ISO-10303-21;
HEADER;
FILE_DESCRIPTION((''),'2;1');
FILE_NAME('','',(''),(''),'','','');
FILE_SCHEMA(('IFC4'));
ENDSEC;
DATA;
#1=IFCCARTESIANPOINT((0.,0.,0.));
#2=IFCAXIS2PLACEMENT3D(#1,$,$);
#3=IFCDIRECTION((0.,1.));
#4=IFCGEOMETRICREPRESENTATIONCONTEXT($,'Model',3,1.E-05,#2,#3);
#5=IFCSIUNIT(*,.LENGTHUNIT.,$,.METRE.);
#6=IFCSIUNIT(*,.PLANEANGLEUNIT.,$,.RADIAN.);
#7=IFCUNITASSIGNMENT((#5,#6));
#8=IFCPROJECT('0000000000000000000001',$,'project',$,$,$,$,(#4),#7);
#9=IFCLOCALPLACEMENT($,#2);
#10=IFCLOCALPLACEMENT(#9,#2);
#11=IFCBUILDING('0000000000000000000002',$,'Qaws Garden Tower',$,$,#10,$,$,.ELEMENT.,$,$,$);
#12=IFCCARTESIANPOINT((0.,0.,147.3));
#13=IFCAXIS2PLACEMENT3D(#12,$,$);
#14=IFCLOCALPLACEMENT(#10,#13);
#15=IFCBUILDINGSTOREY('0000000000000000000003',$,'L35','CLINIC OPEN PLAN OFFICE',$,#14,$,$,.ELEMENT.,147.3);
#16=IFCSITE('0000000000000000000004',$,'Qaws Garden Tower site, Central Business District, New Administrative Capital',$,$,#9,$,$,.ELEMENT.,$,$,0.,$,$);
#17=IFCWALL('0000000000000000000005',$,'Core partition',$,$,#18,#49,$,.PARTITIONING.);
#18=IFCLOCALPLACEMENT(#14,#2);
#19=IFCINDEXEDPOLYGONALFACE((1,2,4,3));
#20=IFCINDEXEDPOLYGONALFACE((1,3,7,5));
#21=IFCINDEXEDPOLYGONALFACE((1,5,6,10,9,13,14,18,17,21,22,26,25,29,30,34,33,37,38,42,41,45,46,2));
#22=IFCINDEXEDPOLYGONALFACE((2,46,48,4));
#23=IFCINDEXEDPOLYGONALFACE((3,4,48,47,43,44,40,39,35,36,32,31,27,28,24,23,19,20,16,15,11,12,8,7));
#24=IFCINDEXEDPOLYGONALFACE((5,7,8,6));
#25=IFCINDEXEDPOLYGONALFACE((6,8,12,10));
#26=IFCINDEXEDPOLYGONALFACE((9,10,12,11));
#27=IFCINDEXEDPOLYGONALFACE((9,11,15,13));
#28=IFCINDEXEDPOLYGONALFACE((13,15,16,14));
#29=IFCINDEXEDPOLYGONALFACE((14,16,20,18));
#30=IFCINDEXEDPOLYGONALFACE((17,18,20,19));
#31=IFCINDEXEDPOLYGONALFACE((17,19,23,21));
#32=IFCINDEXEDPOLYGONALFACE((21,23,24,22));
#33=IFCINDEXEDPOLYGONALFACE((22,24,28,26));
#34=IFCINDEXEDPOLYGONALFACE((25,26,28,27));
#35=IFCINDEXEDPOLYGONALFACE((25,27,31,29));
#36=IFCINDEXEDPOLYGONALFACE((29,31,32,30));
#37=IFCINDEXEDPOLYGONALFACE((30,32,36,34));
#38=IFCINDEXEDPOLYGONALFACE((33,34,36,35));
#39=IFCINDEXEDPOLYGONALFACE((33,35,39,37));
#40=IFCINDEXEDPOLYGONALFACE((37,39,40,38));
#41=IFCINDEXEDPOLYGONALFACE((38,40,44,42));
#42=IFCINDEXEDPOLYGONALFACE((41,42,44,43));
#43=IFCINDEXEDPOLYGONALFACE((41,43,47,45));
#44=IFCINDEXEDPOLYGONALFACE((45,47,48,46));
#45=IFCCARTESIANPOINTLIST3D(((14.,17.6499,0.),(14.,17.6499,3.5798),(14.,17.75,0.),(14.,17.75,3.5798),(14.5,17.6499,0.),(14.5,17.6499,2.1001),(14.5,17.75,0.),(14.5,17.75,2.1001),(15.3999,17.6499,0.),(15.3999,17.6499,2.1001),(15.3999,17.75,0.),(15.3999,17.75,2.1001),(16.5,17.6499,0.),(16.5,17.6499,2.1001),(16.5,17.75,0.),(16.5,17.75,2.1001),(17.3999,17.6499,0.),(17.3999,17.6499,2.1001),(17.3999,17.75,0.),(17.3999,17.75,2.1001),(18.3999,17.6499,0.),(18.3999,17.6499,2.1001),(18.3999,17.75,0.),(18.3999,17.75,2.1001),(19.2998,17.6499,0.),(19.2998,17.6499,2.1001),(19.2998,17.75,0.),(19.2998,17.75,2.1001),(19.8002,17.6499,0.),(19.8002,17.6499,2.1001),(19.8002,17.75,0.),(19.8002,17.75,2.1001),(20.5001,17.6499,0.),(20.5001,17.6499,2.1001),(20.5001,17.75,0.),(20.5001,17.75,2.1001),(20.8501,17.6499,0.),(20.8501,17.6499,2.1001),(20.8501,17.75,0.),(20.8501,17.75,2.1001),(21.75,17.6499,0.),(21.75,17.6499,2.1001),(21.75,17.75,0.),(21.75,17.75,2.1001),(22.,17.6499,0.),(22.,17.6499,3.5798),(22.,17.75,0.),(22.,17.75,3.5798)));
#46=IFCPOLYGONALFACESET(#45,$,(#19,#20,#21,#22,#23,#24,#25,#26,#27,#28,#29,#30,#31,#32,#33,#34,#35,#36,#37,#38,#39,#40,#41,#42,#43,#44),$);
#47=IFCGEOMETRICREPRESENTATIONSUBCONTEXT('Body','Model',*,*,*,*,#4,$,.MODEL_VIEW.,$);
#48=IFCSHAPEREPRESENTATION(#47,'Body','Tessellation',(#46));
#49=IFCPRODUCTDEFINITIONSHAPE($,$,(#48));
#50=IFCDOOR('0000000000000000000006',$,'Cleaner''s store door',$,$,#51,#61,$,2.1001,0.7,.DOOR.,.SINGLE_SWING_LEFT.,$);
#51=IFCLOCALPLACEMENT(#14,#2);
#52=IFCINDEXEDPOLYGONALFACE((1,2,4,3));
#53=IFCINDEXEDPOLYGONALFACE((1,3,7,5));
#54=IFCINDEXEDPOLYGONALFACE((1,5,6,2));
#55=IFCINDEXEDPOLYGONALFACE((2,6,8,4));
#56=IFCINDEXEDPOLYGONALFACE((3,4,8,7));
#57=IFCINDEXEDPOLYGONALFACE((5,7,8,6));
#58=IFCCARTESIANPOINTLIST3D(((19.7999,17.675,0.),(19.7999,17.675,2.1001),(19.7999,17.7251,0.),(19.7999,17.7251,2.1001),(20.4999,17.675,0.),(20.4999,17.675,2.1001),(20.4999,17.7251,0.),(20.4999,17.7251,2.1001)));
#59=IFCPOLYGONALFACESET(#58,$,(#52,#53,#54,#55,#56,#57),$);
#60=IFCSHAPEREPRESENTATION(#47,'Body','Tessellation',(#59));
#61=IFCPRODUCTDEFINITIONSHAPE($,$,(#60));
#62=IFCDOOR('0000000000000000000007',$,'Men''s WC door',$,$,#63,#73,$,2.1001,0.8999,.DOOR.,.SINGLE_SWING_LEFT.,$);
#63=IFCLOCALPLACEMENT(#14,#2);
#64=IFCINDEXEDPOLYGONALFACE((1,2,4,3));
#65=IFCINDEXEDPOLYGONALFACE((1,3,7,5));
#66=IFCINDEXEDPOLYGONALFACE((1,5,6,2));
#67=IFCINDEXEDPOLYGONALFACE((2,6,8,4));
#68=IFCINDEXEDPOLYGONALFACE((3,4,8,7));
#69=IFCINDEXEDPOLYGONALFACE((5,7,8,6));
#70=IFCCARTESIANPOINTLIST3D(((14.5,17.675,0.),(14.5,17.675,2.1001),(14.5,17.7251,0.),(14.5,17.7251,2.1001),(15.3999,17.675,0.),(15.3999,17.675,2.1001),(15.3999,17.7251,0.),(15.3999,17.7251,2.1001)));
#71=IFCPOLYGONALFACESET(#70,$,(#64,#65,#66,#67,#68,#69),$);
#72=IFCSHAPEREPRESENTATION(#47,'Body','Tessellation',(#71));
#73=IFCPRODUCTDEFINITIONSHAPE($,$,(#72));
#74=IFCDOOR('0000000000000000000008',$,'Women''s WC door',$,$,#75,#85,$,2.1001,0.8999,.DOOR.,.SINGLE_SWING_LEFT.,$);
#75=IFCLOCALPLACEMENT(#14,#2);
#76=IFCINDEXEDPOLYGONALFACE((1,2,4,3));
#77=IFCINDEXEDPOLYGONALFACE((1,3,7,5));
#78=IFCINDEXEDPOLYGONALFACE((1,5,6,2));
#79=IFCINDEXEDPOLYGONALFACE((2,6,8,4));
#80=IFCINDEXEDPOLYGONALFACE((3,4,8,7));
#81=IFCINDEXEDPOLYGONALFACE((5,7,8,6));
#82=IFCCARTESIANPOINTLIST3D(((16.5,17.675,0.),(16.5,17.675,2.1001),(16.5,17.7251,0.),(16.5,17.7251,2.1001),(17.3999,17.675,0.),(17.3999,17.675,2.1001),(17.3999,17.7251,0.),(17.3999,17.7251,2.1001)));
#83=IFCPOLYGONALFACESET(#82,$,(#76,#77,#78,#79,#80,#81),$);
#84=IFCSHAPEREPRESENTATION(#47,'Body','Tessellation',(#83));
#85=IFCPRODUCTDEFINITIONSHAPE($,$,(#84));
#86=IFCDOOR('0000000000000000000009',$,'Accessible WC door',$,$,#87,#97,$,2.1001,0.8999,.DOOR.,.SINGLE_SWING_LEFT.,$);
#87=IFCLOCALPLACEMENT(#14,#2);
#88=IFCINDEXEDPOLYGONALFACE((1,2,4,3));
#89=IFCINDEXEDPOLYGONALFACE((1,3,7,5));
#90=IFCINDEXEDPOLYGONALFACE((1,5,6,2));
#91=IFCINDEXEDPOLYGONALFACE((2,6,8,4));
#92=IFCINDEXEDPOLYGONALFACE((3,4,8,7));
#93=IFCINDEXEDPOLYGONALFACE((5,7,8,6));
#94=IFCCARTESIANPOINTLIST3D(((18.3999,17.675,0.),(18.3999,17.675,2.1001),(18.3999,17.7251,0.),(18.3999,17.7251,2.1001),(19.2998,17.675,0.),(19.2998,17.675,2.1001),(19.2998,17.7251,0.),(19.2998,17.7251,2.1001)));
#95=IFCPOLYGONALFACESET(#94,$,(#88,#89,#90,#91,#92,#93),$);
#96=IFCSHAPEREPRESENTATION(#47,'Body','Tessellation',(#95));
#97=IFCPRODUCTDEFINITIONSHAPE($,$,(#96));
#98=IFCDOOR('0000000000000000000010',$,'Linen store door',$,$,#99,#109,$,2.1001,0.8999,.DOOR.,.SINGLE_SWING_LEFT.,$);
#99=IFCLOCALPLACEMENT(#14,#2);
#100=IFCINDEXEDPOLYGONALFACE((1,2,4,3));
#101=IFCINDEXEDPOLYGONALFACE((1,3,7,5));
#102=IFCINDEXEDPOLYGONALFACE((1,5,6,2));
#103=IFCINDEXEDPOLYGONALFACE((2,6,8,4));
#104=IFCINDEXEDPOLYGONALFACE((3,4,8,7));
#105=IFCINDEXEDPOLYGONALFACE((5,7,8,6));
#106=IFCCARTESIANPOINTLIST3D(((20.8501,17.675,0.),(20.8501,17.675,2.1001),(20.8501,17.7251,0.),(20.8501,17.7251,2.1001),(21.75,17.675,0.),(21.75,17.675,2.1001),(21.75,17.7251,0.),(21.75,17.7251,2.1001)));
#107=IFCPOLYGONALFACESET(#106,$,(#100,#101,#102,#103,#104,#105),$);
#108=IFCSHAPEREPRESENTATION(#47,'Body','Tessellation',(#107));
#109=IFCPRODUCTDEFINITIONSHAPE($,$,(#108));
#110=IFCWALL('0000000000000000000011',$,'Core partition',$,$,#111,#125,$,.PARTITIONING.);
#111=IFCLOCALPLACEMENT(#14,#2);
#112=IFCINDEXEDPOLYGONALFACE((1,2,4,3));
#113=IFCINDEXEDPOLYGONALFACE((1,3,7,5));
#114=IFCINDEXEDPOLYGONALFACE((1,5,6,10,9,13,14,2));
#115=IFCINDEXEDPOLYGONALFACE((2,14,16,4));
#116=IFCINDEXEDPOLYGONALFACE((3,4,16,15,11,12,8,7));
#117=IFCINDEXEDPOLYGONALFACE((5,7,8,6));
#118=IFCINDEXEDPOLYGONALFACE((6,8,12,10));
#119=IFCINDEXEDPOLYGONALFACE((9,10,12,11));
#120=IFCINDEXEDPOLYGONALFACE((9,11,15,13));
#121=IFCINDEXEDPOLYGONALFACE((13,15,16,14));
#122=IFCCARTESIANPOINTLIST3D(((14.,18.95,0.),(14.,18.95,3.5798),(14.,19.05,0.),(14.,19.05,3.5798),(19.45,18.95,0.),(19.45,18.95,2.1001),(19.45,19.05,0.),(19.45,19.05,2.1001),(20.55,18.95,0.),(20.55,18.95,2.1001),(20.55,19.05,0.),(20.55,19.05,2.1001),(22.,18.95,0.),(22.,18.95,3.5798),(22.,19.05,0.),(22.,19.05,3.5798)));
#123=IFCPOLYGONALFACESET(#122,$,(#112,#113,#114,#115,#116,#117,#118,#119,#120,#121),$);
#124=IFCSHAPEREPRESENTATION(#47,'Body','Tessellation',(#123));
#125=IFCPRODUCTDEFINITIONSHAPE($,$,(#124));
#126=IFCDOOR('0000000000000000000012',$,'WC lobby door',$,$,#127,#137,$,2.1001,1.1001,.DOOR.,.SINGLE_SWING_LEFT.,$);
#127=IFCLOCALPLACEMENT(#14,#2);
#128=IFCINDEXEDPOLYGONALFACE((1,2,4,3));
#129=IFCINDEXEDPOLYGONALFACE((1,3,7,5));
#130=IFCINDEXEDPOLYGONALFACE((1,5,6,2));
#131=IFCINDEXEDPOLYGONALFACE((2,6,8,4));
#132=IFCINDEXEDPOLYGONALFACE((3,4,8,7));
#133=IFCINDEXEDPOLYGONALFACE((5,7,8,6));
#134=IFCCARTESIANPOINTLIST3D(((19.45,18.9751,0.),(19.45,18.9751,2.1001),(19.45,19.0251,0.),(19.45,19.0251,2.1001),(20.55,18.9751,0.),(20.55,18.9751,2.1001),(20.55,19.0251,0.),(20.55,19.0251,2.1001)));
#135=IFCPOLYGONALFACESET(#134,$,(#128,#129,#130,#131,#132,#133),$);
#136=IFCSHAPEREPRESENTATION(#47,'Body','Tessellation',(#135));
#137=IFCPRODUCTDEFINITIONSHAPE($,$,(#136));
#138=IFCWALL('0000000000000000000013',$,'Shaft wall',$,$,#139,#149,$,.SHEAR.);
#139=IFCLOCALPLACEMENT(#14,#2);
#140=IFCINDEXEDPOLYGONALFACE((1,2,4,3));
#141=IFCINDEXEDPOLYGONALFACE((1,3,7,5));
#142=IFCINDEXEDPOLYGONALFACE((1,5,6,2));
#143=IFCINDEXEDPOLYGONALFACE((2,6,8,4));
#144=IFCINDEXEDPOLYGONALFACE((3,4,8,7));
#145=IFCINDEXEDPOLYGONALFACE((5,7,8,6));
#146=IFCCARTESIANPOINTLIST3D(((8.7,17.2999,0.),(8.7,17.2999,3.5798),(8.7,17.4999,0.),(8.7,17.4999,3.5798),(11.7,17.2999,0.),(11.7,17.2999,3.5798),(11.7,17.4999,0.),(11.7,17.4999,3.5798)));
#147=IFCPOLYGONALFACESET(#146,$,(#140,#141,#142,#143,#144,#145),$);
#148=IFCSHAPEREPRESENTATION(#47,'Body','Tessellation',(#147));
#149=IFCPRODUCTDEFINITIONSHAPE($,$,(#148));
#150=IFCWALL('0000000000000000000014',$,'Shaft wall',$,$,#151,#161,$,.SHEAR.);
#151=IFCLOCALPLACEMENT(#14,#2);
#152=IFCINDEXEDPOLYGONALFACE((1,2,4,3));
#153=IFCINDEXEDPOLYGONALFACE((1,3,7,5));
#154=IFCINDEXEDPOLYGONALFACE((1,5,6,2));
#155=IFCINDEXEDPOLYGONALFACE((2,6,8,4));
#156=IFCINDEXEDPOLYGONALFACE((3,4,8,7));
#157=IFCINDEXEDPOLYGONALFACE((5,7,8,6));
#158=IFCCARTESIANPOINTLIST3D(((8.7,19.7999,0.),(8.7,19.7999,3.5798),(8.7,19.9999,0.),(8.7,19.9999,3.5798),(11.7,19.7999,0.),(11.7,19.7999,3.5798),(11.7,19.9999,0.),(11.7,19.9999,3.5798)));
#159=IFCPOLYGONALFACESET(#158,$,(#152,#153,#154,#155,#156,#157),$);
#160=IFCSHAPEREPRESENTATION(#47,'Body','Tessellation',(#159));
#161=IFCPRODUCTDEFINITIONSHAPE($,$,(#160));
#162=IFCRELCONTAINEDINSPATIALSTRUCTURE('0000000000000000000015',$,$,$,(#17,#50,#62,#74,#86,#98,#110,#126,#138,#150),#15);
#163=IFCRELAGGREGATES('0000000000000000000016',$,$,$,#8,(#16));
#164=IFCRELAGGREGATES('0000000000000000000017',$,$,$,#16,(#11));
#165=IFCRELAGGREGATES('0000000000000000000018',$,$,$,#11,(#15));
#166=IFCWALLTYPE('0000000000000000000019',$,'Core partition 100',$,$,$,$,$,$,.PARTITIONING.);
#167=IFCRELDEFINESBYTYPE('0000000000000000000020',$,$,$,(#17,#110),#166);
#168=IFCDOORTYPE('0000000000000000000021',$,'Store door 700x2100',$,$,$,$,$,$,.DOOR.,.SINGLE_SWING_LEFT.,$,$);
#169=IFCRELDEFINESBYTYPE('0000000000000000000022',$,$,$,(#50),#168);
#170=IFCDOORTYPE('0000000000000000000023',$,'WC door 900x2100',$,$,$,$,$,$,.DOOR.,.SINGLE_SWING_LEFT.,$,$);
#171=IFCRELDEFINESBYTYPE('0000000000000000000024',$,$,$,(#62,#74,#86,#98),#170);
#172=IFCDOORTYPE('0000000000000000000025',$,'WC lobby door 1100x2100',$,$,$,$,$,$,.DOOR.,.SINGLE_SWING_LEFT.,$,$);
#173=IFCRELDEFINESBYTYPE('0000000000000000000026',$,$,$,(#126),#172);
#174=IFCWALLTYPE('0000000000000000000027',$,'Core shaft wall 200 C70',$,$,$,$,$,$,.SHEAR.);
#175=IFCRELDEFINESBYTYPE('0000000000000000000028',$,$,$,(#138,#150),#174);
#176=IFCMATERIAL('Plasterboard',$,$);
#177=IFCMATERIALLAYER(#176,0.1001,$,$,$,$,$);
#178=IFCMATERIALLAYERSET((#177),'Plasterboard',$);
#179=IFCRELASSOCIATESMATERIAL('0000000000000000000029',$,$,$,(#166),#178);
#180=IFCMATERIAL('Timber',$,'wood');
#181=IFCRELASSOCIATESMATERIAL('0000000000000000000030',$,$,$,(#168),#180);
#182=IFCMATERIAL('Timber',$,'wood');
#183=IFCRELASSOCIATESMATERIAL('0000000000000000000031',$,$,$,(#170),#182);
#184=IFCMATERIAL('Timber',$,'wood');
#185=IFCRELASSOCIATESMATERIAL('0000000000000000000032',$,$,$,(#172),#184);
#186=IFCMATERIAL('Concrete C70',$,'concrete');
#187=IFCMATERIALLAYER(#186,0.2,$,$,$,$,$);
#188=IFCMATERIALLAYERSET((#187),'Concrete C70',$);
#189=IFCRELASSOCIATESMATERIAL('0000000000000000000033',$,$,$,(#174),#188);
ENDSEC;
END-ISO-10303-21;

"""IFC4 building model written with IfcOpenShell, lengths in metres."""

from ifc_helpers import new_model, si_unit, direction, frame, frame_2d, origin, place, context, subcontext, project, spatial, rectangle, extrude, material, layer, layer_set, type_object, element, fill, save


model = new_model("IFC4")

# Units and contexts
model_context = context("Model", 3, precision=1e-05, world=origin(), true_north=direction((0.0, 1.0)))
body_context = subcontext(model_context, "Body", "Model", "MODEL_VIEW")
ifc_project = project(units=[si_unit("LENGTHUNIT", "METRE"), si_unit("PLANEANGLEUNIT", "RADIAN")], contexts=[model_context])

# Site, building, storey
site_placement = place(None, origin())
site = spatial("IfcSite", under=ifc_project, at=site_placement, Name="Qaws Garden Tower site, Central Business District, New Administrative Capital", CompositionType="ELEMENT", RefElevation=0.0)
building_placement = place(site_placement, origin())
building = spatial("IfcBuilding", under=site, at=building_placement, Name="Qaws Garden Tower", CompositionType="ELEMENT")
storey_placement = place(building_placement, frame((0.0, 0.0, 147.3)))
storey = spatial("IfcBuildingStorey", under=building, at=storey_placement, Name="L35", Description="CLINIC OPEN PLAN OFFICE", CompositionType="ELEMENT", Elevation=147.3)

# Wall, openings, doors
ifc_material_1 = material(Name="Plasterboard")
ifc_layer_1 = layer(ifc_material_1, 0.1001)
ifc_layer_set_1 = layer_set([ifc_layer_1], Name="Plasterboard")
wall_type_1 = type_object("IfcWallType", Name="Core partition 100", PredefinedType="PARTITIONING", material=ifc_layer_set_1)
wall_1_placement = place(storey_placement, frame((14.0, 17.7, 0.0), z_axis=(0.0, 0.0, 1.0), x_axis=(1.0, 0.0, 0.0)))
wall_1 = element("IfcWall", 1, at=wall_1_placement, inside=storey, type_object=wall_type_1, Name="Core partition", PredefinedType="PARTITIONING", context=body_context, shape_type="SweptSolid", body=[
    extrude(rectangle(XDim=8.0, YDim=0.1001, at=frame_2d((4.0, 0.0))), origin(), (0.0, 0.0, 1.0), 3.5798),
])
opening_1_placement = place(wall_1_placement, frame((0.5, 0.0, 0.0)))
opening_1 = element("IfcOpeningElement", 2, at=opening_1_placement, cuts=wall_1, PredefinedType="OPENING", context=body_context, shape_type="SweptSolid", body=[
    extrude(rectangle(XDim=0.8999, YDim=2.1001, at=frame_2d((0.45, 1.05))), frame((0.0, 0.0601, 0.0), z_axis=(0.0, -1.0, 0.0), x_axis=(1.0, 0.0, 0.0)), (0.0, 0.0, 1.0), 0.1201),
])
opening_2_placement = place(wall_1_placement, frame((2.5, 0.0, 0.0)))
opening_2 = element("IfcOpeningElement", 3, at=opening_2_placement, cuts=wall_1, PredefinedType="OPENING", context=body_context, shape_type="SweptSolid", body=[
    extrude(rectangle(XDim=0.8999, YDim=2.1001, at=frame_2d((0.45, 1.05))), frame((0.0, 0.0601, 0.0), z_axis=(0.0, -1.0, 0.0), x_axis=(1.0, 0.0, 0.0)), (0.0, 0.0, 1.0), 0.1201),
])
opening_3_placement = place(wall_1_placement, frame((4.3999, 0.0, 0.0)))
opening_3 = element("IfcOpeningElement", 4, at=opening_3_placement, cuts=wall_1, PredefinedType="OPENING", context=body_context, shape_type="SweptSolid", body=[
    extrude(rectangle(XDim=0.8999, YDim=2.1001, at=frame_2d((0.45, 1.05))), frame((0.0, 0.0601, 0.0), z_axis=(0.0, -1.0, 0.0), x_axis=(1.0, 0.0, 0.0)), (0.0, 0.0, 1.0), 0.1201),
])
opening_4_placement = place(wall_1_placement, frame((5.8, 0.0, 0.0)))
opening_4 = element("IfcOpeningElement", 5, at=opening_4_placement, cuts=wall_1, PredefinedType="OPENING", context=body_context, shape_type="SweptSolid", body=[
    extrude(rectangle(XDim=0.7, YDim=2.1001, at=frame_2d((0.3501, 1.05))), frame((0.0, 0.0601, 0.0), z_axis=(0.0, -1.0, 0.0), x_axis=(1.0, 0.0, 0.0)), (0.0, 0.0, 1.0), 0.1201),
])
opening_5_placement = place(wall_1_placement, frame((6.8501, 0.0, 0.0)))
opening_5 = element("IfcOpeningElement", 6, at=opening_5_placement, cuts=wall_1, PredefinedType="OPENING", context=body_context, shape_type="SweptSolid", body=[
    extrude(rectangle(XDim=0.8999, YDim=2.1001, at=frame_2d((0.45, 1.05))), frame((0.0, 0.0601, 0.0), z_axis=(0.0, -1.0, 0.0), x_axis=(1.0, 0.0, 0.0)), (0.0, 0.0, 1.0), 0.1201),
])
ifc_material_2 = material(Name="Timber", Category="wood")
door_type_1 = type_object("IfcDoorType", Name="Store door 700x2100", OperationType="SINGLE_SWING_LEFT", PredefinedType="DOOR", material=ifc_material_2)
door_1_placement = place(opening_4_placement, frame((0.7, 0.0, 0.0), z_axis=(0.0, 0.0, 1.0), x_axis=(-1.0, 0.0, 0.0)))
door_1 = element("IfcDoor", 7, at=door_1_placement, inside=storey, type_object=door_type_1, Name="Cleaner's store door", OperationType="SINGLE_SWING_LEFT", OverallHeight=2.1001, OverallWidth=0.7, PredefinedType="DOOR", context=body_context, shape_type="SweptSolid", body=[
    extrude(rectangle(XDim=0.7, YDim=2.1001, at=frame_2d((0.3501, 1.05))), frame((0.0, 0.0249, 0.0), z_axis=(0.0, -1.0, 0.0), x_axis=(1.0, 0.0, 0.0)), (0.0, 0.0, 1.0), 0.05),
])
fill(opening_4, door_1)
ifc_material_3 = material(Name="Timber", Category="wood")
door_type_2 = type_object("IfcDoorType", Name="WC door 900x2100", OperationType="SINGLE_SWING_LEFT", PredefinedType="DOOR", material=ifc_material_3)
door_2_placement = place(opening_1_placement, frame((0.8999, 0.0, 0.0), z_axis=(0.0, 0.0, 1.0), x_axis=(-1.0, 0.0, 0.0)))
door_2 = element("IfcDoor", 8, at=door_2_placement, inside=storey, type_object=door_type_2, Name="Men's WC door", OperationType="SINGLE_SWING_LEFT", OverallHeight=2.1001, OverallWidth=0.8999, PredefinedType="DOOR", context=body_context, shape_type="SweptSolid", body=[
    extrude(rectangle(XDim=0.8999, YDim=2.1001, at=frame_2d((0.45, 1.05))), frame((0.0, 0.0249, 0.0), z_axis=(0.0, -1.0, 0.0), x_axis=(1.0, 0.0, 0.0)), (0.0, 0.0, 1.0), 0.05),
])
fill(opening_1, door_2)
door_3_placement = place(opening_2_placement, frame((0.8999, 0.0, 0.0), z_axis=(0.0, 0.0, 1.0), x_axis=(-1.0, 0.0, 0.0)))
door_3 = element("IfcDoor", 9, at=door_3_placement, inside=storey, type_object=door_type_2, Name="Women's WC door", OperationType="SINGLE_SWING_LEFT", OverallHeight=2.1001, OverallWidth=0.8999, PredefinedType="DOOR", context=body_context, shape_type="SweptSolid", body=[
    extrude(rectangle(XDim=0.8999, YDim=2.1001, at=frame_2d((0.45, 1.05))), frame((0.0, 0.0249, 0.0), z_axis=(0.0, -1.0, 0.0), x_axis=(1.0, 0.0, 0.0)), (0.0, 0.0, 1.0), 0.05),
])
fill(opening_2, door_3)
door_4_placement = place(opening_3_placement, frame((0.8999, 0.0, 0.0), z_axis=(0.0, 0.0, 1.0), x_axis=(-1.0, 0.0, 0.0)))
door_4 = element("IfcDoor", 10, at=door_4_placement, inside=storey, type_object=door_type_2, Name="Accessible WC door", OperationType="SINGLE_SWING_LEFT", OverallHeight=2.1001, OverallWidth=0.8999, PredefinedType="DOOR", context=body_context, shape_type="SweptSolid", body=[
    extrude(rectangle(XDim=0.8999, YDim=2.1001, at=frame_2d((0.45, 1.05))), frame((0.0, 0.0249, 0.0), z_axis=(0.0, -1.0, 0.0), x_axis=(1.0, 0.0, 0.0)), (0.0, 0.0, 1.0), 0.05),
])
fill(opening_3, door_4)
door_5_placement = place(opening_5_placement, frame((0.8999, 0.0, 0.0), z_axis=(0.0, 0.0, 1.0), x_axis=(-1.0, 0.0, 0.0)))
door_5 = element("IfcDoor", 11, at=door_5_placement, inside=storey, type_object=door_type_2, Name="Linen store door", OperationType="SINGLE_SWING_LEFT", OverallHeight=2.1001, OverallWidth=0.8999, PredefinedType="DOOR", context=body_context, shape_type="SweptSolid", body=[
    extrude(rectangle(XDim=0.8999, YDim=2.1001, at=frame_2d((0.45, 1.05))), frame((0.0, 0.0249, 0.0), z_axis=(0.0, -1.0, 0.0), x_axis=(1.0, 0.0, 0.0)), (0.0, 0.0, 1.0), 0.05),
])
fill(opening_5, door_5)

# Wall, opening, door
wall_2_placement = place(storey_placement, frame((14.0, 19.0, 0.0), z_axis=(0.0, 0.0, 1.0), x_axis=(1.0, 0.0, 0.0)))
wall_2 = element("IfcWall", 12, at=wall_2_placement, inside=storey, type_object=wall_type_1, Name="Core partition", PredefinedType="PARTITIONING", context=body_context, shape_type="SweptSolid", body=[
    extrude(rectangle(XDim=8.0, YDim=0.1001, at=frame_2d((4.0, 0.0))), origin(), (0.0, 0.0, 1.0), 3.5798),
])
opening_6_placement = place(wall_2_placement, frame((5.45, 0.0, 0.0)))
opening_6 = element("IfcOpeningElement", 13, at=opening_6_placement, cuts=wall_2, PredefinedType="OPENING", context=body_context, shape_type="SweptSolid", body=[
    extrude(rectangle(XDim=1.1001, YDim=2.1001, at=frame_2d((0.55, 1.05))), frame((0.0, 0.0601, 0.0), z_axis=(0.0, -1.0, 0.0), x_axis=(1.0, 0.0, 0.0)), (0.0, 0.0, 1.0), 0.1201),
])
ifc_material_4 = material(Name="Timber", Category="wood")
door_type_3 = type_object("IfcDoorType", Name="WC lobby door 1100x2100", OperationType="SINGLE_SWING_LEFT", PredefinedType="DOOR", material=ifc_material_4)
door_6_placement = place(opening_6_placement, frame((1.1001, 0.0, 0.0), z_axis=(0.0, 0.0, 1.0), x_axis=(-1.0, 0.0, 0.0)))
door_6 = element("IfcDoor", 14, at=door_6_placement, inside=storey, type_object=door_type_3, Name="WC lobby door", OperationType="SINGLE_SWING_LEFT", OverallHeight=2.1001, OverallWidth=1.1001, PredefinedType="DOOR", context=body_context, shape_type="SweptSolid", body=[
    extrude(rectangle(XDim=1.1001, YDim=2.1001, at=frame_2d((0.55, 1.05))), frame((0.0, 0.0249, 0.0), z_axis=(0.0, -1.0, 0.0), x_axis=(1.0, 0.0, 0.0)), (0.0, 0.0, 1.0), 0.05),
])
fill(opening_6, door_6)

# Walls
ifc_material_5 = material(Name="Concrete C70", Category="concrete")
ifc_layer_2 = layer(ifc_material_5, 0.2)
ifc_layer_set_2 = layer_set([ifc_layer_2], Name="Concrete C70")
wall_type_2 = type_object("IfcWallType", Name="Core shaft wall 200 C70", PredefinedType="SHEAR", material=ifc_layer_set_2)
for number, where, z_axis, x_axis, name in (
    (15, (8.7, 17.3999, 0.0), (0.0, 0.0, 1.0), (1.0, 0.0, 0.0), "Shaft wall"),
    (16, (8.7, 19.8999, 0.0), (0.0, 0.0, 1.0), (1.0, 0.0, 0.0), "Shaft wall"),
):
    element("IfcWall", number, at=place(storey_placement, frame(where, z_axis=z_axis, x_axis=x_axis)), inside=storey, type_object=wall_type_2, Name=name, PredefinedType="SHEAR", context=body_context, shape_type="SweptSolid", body=[
        extrude(rectangle(XDim=3.0, YDim=0.2, at=frame_2d((1.5, 0.0))), origin(), (0.0, 0.0, 1.0), 3.5798),
    ])

save(model, "model.ifc")
